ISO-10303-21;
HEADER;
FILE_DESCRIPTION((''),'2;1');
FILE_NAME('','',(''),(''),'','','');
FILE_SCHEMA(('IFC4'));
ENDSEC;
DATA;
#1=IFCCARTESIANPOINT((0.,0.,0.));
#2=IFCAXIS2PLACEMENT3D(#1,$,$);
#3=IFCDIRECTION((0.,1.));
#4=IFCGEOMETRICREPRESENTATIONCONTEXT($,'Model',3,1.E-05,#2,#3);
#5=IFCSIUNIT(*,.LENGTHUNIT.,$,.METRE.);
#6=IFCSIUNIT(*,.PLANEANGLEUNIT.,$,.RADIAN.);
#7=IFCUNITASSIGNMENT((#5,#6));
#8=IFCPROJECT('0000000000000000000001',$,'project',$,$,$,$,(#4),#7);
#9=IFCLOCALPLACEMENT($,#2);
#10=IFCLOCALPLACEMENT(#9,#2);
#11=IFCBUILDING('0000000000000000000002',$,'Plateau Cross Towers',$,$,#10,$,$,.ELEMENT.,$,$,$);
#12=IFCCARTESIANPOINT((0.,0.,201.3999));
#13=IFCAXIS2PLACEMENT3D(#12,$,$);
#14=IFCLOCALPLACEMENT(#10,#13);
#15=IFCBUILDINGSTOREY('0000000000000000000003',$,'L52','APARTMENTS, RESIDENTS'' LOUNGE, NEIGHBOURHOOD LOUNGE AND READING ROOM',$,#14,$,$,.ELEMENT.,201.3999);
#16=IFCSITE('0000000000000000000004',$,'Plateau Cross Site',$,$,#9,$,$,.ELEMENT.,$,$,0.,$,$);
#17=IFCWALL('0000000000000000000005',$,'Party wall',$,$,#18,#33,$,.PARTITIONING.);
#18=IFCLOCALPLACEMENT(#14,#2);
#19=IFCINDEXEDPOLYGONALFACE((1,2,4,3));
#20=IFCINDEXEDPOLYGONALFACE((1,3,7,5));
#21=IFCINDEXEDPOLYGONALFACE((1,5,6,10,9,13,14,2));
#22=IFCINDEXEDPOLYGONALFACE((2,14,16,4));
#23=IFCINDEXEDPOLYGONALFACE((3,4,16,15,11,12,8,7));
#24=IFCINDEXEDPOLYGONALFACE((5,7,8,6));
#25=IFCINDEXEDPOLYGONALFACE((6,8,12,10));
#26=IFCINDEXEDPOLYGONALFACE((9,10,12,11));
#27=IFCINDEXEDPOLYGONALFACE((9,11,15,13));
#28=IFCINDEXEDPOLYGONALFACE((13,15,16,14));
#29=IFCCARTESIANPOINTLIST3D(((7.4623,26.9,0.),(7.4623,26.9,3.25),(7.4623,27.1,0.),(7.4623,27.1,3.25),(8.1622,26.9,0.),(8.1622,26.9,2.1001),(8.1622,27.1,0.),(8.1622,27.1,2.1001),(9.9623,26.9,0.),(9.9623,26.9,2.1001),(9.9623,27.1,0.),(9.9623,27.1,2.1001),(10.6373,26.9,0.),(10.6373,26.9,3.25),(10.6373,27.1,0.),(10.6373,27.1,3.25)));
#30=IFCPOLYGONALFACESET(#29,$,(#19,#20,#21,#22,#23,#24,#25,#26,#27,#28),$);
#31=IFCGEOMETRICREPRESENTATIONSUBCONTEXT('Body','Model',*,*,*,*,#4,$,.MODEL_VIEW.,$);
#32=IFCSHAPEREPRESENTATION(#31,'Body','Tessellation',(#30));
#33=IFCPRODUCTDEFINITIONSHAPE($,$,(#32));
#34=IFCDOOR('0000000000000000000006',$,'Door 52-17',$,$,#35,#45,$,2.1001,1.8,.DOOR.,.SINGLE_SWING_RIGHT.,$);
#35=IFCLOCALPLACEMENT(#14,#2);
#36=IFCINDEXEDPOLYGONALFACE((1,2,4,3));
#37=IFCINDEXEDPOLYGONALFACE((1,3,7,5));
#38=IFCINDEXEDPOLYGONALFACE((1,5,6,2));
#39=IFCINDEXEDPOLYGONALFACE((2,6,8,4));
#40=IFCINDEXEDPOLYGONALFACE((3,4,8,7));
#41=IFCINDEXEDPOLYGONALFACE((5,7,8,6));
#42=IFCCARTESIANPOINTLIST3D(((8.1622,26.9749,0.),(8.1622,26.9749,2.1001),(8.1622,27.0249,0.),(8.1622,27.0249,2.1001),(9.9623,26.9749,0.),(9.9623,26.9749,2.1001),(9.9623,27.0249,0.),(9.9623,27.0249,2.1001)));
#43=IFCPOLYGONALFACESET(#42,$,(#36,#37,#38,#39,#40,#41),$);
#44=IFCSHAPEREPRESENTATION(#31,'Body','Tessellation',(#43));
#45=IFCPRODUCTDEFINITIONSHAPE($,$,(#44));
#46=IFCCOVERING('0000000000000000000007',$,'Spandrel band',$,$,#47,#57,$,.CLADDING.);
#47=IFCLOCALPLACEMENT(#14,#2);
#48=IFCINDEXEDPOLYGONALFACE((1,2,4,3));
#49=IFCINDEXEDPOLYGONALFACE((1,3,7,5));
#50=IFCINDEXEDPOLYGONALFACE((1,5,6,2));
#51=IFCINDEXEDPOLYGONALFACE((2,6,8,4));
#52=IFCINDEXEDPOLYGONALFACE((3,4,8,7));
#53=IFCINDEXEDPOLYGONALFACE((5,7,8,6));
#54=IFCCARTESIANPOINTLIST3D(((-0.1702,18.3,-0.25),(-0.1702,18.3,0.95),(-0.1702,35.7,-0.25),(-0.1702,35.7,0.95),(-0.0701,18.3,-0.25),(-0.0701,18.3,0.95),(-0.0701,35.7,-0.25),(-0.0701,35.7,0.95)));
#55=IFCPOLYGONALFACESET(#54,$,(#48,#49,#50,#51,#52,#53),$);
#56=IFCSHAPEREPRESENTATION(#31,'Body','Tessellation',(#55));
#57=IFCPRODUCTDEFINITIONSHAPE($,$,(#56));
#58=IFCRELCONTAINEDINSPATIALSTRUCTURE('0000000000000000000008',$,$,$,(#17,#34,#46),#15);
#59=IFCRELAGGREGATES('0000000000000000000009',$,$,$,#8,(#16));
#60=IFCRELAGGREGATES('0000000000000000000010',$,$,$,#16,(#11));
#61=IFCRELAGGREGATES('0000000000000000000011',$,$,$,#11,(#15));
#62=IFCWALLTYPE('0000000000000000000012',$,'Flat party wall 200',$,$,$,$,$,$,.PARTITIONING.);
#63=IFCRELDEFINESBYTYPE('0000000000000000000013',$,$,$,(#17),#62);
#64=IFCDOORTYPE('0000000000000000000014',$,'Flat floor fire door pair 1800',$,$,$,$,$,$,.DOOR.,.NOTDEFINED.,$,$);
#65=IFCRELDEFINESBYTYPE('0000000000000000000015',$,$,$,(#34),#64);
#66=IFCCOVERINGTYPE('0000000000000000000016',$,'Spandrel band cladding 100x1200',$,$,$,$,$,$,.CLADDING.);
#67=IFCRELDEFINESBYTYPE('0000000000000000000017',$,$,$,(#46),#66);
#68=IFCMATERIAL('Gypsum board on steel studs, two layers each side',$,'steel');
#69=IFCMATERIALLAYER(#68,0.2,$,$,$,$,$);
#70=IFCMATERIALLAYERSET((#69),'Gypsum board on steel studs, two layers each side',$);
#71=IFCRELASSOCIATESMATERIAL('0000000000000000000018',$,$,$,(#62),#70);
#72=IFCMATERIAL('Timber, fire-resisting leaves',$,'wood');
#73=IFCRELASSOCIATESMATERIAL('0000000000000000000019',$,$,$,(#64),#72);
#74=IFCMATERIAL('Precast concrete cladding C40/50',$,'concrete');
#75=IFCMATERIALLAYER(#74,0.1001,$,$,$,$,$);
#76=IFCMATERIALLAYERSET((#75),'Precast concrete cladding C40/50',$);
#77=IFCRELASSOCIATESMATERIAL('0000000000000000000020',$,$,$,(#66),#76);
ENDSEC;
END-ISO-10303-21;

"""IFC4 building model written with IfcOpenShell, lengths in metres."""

from ifc_helpers import new_model, si_unit, direction, frame, frame_2d, origin, origin_2d, place, context, subcontext, project, spatial, rectangle, extrude, material, layer, layer_set, type_object, element, fill, save


model = new_model("IFC4")

# Units and contexts
model_context = context("Model", 3, precision=1e-05, world=origin(), true_north=direction((0.0, 1.0)))
body_context = subcontext(model_context, "Body", "Model", "MODEL_VIEW")
ifc_project = project(units=[si_unit("LENGTHUNIT", "METRE"), si_unit("PLANEANGLEUNIT", "RADIAN")], contexts=[model_context])

# Site, building, storey
site_placement = place(None, origin())
site = spatial("IfcSite", under=ifc_project, at=site_placement, Name="Plateau Cross Site", CompositionType="ELEMENT", RefElevation=0.0)
building_placement = place(site_placement, origin())
building = spatial("IfcBuilding", under=site, at=building_placement, Name="Plateau Cross Towers", CompositionType="ELEMENT")
storey_placement = place(building_placement, frame((0.0, 0.0, 201.3999)))
storey = spatial("IfcBuildingStorey", under=building, at=storey_placement, Name="L52", Description="APARTMENTS, RESIDENTS' LOUNGE, NEIGHBOURHOOD LOUNGE AND READING ROOM", CompositionType="ELEMENT", Elevation=201.3999)

# Shared definitions
ifc_material_1 = material(Name="Gypsum board on steel studs, two layers each side", Category="steel")
ifc_layer_1 = layer(ifc_material_1, 0.2)
ifc_layer_set_1 = layer_set([ifc_layer_1], Name="Gypsum board on steel studs, two layers each side")
wall_type_1 = type_object("IfcWallType", Name="Flat party wall 200", PredefinedType="PARTITIONING", material=ifc_layer_set_1)

# Wall, opening, door
wall_1_placement = place(storey_placement, frame((7.4624, 27.0, 0.0), z_axis=(0.0, 0.0, 1.0), x_axis=(1.0, 0.0, 0.0)))
wall_1 = element("IfcWall", 1, at=wall_1_placement, inside=storey, type_object=wall_type_1, Name="Party wall", PredefinedType="PARTITIONING", context=body_context, shape_type="SweptSolid", body=[
    extrude(rectangle(XDim=3.175, YDim=0.2, at=frame_2d((1.5874, 0.0))), origin(), (0.0, 0.0, 1.0), 3.25),
])
opening_1_placement = place(wall_1_placement, frame((0.7, 0.0, 0.0)))
opening_1 = element("IfcOpeningElement", 2, at=opening_1_placement, cuts=wall_1, PredefinedType="OPENING", context=body_context, shape_type="SweptSolid", body=[
    extrude(rectangle(XDim=1.8, YDim=2.1001, at=frame_2d((0.8999, 1.05))), frame((0.0, 0.1099, 0.0), z_axis=(0.0, -1.0, 0.0), x_axis=(1.0, 0.0, 0.0)), (0.0, 0.0, 1.0), 0.22),
])
ifc_material_2 = material(Name="Timber, fire-resisting leaves", Category="wood")
door_type_1 = type_object("IfcDoorType", Name="Flat floor fire door pair 1800", OperationType="NOTDEFINED", PredefinedType="DOOR", material=ifc_material_2)
door_1_placement = place(opening_1_placement, origin())
door_1 = element("IfcDoor", 3, at=door_1_placement, inside=storey, type_object=door_type_1, Name="Door 52-17", OperationType="SINGLE_SWING_RIGHT", OverallHeight=2.1001, OverallWidth=1.8, PredefinedType="DOOR", context=body_context, shape_type="SweptSolid", body=[
    extrude(rectangle(XDim=1.8, YDim=2.1001, at=frame_2d((0.8999, 1.05))), frame((0.0, 0.0249, 0.0), z_axis=(0.0, -1.0, 0.0), x_axis=(1.0, 0.0, 0.0)), (0.0, 0.0, 1.0), 0.05),
])
fill(opening_1, door_1)

# Covering
ifc_material_3 = material(Name="Precast concrete cladding C40/50", Category="concrete")
ifc_layer_2 = layer(ifc_material_3, 0.1001)
ifc_layer_set_2 = layer_set([ifc_layer_2], Name="Precast concrete cladding C40/50")
covering_type = type_object("IfcCoveringType", Name="Spandrel band cladding 100x1200", PredefinedType="CLADDING", material=ifc_layer_set_2)
covering_placement = place(storey_placement, frame((-0.1201, 27.0, -0.25), z_axis=(0.0, 0.0, 1.0), x_axis=(0.0, -1.0, 0.0)))
element("IfcCovering", 4, at=covering_placement, inside=storey, type_object=covering_type, Name="Spandrel band", PredefinedType="CLADDING", context=body_context, shape_type="SweptSolid", body=[
    extrude(rectangle(XDim=17.3999, YDim=0.1001, at=origin_2d()), origin(), (0.0, 0.0, 1.0), 1.2),
])

save(model, "model.ifc")
